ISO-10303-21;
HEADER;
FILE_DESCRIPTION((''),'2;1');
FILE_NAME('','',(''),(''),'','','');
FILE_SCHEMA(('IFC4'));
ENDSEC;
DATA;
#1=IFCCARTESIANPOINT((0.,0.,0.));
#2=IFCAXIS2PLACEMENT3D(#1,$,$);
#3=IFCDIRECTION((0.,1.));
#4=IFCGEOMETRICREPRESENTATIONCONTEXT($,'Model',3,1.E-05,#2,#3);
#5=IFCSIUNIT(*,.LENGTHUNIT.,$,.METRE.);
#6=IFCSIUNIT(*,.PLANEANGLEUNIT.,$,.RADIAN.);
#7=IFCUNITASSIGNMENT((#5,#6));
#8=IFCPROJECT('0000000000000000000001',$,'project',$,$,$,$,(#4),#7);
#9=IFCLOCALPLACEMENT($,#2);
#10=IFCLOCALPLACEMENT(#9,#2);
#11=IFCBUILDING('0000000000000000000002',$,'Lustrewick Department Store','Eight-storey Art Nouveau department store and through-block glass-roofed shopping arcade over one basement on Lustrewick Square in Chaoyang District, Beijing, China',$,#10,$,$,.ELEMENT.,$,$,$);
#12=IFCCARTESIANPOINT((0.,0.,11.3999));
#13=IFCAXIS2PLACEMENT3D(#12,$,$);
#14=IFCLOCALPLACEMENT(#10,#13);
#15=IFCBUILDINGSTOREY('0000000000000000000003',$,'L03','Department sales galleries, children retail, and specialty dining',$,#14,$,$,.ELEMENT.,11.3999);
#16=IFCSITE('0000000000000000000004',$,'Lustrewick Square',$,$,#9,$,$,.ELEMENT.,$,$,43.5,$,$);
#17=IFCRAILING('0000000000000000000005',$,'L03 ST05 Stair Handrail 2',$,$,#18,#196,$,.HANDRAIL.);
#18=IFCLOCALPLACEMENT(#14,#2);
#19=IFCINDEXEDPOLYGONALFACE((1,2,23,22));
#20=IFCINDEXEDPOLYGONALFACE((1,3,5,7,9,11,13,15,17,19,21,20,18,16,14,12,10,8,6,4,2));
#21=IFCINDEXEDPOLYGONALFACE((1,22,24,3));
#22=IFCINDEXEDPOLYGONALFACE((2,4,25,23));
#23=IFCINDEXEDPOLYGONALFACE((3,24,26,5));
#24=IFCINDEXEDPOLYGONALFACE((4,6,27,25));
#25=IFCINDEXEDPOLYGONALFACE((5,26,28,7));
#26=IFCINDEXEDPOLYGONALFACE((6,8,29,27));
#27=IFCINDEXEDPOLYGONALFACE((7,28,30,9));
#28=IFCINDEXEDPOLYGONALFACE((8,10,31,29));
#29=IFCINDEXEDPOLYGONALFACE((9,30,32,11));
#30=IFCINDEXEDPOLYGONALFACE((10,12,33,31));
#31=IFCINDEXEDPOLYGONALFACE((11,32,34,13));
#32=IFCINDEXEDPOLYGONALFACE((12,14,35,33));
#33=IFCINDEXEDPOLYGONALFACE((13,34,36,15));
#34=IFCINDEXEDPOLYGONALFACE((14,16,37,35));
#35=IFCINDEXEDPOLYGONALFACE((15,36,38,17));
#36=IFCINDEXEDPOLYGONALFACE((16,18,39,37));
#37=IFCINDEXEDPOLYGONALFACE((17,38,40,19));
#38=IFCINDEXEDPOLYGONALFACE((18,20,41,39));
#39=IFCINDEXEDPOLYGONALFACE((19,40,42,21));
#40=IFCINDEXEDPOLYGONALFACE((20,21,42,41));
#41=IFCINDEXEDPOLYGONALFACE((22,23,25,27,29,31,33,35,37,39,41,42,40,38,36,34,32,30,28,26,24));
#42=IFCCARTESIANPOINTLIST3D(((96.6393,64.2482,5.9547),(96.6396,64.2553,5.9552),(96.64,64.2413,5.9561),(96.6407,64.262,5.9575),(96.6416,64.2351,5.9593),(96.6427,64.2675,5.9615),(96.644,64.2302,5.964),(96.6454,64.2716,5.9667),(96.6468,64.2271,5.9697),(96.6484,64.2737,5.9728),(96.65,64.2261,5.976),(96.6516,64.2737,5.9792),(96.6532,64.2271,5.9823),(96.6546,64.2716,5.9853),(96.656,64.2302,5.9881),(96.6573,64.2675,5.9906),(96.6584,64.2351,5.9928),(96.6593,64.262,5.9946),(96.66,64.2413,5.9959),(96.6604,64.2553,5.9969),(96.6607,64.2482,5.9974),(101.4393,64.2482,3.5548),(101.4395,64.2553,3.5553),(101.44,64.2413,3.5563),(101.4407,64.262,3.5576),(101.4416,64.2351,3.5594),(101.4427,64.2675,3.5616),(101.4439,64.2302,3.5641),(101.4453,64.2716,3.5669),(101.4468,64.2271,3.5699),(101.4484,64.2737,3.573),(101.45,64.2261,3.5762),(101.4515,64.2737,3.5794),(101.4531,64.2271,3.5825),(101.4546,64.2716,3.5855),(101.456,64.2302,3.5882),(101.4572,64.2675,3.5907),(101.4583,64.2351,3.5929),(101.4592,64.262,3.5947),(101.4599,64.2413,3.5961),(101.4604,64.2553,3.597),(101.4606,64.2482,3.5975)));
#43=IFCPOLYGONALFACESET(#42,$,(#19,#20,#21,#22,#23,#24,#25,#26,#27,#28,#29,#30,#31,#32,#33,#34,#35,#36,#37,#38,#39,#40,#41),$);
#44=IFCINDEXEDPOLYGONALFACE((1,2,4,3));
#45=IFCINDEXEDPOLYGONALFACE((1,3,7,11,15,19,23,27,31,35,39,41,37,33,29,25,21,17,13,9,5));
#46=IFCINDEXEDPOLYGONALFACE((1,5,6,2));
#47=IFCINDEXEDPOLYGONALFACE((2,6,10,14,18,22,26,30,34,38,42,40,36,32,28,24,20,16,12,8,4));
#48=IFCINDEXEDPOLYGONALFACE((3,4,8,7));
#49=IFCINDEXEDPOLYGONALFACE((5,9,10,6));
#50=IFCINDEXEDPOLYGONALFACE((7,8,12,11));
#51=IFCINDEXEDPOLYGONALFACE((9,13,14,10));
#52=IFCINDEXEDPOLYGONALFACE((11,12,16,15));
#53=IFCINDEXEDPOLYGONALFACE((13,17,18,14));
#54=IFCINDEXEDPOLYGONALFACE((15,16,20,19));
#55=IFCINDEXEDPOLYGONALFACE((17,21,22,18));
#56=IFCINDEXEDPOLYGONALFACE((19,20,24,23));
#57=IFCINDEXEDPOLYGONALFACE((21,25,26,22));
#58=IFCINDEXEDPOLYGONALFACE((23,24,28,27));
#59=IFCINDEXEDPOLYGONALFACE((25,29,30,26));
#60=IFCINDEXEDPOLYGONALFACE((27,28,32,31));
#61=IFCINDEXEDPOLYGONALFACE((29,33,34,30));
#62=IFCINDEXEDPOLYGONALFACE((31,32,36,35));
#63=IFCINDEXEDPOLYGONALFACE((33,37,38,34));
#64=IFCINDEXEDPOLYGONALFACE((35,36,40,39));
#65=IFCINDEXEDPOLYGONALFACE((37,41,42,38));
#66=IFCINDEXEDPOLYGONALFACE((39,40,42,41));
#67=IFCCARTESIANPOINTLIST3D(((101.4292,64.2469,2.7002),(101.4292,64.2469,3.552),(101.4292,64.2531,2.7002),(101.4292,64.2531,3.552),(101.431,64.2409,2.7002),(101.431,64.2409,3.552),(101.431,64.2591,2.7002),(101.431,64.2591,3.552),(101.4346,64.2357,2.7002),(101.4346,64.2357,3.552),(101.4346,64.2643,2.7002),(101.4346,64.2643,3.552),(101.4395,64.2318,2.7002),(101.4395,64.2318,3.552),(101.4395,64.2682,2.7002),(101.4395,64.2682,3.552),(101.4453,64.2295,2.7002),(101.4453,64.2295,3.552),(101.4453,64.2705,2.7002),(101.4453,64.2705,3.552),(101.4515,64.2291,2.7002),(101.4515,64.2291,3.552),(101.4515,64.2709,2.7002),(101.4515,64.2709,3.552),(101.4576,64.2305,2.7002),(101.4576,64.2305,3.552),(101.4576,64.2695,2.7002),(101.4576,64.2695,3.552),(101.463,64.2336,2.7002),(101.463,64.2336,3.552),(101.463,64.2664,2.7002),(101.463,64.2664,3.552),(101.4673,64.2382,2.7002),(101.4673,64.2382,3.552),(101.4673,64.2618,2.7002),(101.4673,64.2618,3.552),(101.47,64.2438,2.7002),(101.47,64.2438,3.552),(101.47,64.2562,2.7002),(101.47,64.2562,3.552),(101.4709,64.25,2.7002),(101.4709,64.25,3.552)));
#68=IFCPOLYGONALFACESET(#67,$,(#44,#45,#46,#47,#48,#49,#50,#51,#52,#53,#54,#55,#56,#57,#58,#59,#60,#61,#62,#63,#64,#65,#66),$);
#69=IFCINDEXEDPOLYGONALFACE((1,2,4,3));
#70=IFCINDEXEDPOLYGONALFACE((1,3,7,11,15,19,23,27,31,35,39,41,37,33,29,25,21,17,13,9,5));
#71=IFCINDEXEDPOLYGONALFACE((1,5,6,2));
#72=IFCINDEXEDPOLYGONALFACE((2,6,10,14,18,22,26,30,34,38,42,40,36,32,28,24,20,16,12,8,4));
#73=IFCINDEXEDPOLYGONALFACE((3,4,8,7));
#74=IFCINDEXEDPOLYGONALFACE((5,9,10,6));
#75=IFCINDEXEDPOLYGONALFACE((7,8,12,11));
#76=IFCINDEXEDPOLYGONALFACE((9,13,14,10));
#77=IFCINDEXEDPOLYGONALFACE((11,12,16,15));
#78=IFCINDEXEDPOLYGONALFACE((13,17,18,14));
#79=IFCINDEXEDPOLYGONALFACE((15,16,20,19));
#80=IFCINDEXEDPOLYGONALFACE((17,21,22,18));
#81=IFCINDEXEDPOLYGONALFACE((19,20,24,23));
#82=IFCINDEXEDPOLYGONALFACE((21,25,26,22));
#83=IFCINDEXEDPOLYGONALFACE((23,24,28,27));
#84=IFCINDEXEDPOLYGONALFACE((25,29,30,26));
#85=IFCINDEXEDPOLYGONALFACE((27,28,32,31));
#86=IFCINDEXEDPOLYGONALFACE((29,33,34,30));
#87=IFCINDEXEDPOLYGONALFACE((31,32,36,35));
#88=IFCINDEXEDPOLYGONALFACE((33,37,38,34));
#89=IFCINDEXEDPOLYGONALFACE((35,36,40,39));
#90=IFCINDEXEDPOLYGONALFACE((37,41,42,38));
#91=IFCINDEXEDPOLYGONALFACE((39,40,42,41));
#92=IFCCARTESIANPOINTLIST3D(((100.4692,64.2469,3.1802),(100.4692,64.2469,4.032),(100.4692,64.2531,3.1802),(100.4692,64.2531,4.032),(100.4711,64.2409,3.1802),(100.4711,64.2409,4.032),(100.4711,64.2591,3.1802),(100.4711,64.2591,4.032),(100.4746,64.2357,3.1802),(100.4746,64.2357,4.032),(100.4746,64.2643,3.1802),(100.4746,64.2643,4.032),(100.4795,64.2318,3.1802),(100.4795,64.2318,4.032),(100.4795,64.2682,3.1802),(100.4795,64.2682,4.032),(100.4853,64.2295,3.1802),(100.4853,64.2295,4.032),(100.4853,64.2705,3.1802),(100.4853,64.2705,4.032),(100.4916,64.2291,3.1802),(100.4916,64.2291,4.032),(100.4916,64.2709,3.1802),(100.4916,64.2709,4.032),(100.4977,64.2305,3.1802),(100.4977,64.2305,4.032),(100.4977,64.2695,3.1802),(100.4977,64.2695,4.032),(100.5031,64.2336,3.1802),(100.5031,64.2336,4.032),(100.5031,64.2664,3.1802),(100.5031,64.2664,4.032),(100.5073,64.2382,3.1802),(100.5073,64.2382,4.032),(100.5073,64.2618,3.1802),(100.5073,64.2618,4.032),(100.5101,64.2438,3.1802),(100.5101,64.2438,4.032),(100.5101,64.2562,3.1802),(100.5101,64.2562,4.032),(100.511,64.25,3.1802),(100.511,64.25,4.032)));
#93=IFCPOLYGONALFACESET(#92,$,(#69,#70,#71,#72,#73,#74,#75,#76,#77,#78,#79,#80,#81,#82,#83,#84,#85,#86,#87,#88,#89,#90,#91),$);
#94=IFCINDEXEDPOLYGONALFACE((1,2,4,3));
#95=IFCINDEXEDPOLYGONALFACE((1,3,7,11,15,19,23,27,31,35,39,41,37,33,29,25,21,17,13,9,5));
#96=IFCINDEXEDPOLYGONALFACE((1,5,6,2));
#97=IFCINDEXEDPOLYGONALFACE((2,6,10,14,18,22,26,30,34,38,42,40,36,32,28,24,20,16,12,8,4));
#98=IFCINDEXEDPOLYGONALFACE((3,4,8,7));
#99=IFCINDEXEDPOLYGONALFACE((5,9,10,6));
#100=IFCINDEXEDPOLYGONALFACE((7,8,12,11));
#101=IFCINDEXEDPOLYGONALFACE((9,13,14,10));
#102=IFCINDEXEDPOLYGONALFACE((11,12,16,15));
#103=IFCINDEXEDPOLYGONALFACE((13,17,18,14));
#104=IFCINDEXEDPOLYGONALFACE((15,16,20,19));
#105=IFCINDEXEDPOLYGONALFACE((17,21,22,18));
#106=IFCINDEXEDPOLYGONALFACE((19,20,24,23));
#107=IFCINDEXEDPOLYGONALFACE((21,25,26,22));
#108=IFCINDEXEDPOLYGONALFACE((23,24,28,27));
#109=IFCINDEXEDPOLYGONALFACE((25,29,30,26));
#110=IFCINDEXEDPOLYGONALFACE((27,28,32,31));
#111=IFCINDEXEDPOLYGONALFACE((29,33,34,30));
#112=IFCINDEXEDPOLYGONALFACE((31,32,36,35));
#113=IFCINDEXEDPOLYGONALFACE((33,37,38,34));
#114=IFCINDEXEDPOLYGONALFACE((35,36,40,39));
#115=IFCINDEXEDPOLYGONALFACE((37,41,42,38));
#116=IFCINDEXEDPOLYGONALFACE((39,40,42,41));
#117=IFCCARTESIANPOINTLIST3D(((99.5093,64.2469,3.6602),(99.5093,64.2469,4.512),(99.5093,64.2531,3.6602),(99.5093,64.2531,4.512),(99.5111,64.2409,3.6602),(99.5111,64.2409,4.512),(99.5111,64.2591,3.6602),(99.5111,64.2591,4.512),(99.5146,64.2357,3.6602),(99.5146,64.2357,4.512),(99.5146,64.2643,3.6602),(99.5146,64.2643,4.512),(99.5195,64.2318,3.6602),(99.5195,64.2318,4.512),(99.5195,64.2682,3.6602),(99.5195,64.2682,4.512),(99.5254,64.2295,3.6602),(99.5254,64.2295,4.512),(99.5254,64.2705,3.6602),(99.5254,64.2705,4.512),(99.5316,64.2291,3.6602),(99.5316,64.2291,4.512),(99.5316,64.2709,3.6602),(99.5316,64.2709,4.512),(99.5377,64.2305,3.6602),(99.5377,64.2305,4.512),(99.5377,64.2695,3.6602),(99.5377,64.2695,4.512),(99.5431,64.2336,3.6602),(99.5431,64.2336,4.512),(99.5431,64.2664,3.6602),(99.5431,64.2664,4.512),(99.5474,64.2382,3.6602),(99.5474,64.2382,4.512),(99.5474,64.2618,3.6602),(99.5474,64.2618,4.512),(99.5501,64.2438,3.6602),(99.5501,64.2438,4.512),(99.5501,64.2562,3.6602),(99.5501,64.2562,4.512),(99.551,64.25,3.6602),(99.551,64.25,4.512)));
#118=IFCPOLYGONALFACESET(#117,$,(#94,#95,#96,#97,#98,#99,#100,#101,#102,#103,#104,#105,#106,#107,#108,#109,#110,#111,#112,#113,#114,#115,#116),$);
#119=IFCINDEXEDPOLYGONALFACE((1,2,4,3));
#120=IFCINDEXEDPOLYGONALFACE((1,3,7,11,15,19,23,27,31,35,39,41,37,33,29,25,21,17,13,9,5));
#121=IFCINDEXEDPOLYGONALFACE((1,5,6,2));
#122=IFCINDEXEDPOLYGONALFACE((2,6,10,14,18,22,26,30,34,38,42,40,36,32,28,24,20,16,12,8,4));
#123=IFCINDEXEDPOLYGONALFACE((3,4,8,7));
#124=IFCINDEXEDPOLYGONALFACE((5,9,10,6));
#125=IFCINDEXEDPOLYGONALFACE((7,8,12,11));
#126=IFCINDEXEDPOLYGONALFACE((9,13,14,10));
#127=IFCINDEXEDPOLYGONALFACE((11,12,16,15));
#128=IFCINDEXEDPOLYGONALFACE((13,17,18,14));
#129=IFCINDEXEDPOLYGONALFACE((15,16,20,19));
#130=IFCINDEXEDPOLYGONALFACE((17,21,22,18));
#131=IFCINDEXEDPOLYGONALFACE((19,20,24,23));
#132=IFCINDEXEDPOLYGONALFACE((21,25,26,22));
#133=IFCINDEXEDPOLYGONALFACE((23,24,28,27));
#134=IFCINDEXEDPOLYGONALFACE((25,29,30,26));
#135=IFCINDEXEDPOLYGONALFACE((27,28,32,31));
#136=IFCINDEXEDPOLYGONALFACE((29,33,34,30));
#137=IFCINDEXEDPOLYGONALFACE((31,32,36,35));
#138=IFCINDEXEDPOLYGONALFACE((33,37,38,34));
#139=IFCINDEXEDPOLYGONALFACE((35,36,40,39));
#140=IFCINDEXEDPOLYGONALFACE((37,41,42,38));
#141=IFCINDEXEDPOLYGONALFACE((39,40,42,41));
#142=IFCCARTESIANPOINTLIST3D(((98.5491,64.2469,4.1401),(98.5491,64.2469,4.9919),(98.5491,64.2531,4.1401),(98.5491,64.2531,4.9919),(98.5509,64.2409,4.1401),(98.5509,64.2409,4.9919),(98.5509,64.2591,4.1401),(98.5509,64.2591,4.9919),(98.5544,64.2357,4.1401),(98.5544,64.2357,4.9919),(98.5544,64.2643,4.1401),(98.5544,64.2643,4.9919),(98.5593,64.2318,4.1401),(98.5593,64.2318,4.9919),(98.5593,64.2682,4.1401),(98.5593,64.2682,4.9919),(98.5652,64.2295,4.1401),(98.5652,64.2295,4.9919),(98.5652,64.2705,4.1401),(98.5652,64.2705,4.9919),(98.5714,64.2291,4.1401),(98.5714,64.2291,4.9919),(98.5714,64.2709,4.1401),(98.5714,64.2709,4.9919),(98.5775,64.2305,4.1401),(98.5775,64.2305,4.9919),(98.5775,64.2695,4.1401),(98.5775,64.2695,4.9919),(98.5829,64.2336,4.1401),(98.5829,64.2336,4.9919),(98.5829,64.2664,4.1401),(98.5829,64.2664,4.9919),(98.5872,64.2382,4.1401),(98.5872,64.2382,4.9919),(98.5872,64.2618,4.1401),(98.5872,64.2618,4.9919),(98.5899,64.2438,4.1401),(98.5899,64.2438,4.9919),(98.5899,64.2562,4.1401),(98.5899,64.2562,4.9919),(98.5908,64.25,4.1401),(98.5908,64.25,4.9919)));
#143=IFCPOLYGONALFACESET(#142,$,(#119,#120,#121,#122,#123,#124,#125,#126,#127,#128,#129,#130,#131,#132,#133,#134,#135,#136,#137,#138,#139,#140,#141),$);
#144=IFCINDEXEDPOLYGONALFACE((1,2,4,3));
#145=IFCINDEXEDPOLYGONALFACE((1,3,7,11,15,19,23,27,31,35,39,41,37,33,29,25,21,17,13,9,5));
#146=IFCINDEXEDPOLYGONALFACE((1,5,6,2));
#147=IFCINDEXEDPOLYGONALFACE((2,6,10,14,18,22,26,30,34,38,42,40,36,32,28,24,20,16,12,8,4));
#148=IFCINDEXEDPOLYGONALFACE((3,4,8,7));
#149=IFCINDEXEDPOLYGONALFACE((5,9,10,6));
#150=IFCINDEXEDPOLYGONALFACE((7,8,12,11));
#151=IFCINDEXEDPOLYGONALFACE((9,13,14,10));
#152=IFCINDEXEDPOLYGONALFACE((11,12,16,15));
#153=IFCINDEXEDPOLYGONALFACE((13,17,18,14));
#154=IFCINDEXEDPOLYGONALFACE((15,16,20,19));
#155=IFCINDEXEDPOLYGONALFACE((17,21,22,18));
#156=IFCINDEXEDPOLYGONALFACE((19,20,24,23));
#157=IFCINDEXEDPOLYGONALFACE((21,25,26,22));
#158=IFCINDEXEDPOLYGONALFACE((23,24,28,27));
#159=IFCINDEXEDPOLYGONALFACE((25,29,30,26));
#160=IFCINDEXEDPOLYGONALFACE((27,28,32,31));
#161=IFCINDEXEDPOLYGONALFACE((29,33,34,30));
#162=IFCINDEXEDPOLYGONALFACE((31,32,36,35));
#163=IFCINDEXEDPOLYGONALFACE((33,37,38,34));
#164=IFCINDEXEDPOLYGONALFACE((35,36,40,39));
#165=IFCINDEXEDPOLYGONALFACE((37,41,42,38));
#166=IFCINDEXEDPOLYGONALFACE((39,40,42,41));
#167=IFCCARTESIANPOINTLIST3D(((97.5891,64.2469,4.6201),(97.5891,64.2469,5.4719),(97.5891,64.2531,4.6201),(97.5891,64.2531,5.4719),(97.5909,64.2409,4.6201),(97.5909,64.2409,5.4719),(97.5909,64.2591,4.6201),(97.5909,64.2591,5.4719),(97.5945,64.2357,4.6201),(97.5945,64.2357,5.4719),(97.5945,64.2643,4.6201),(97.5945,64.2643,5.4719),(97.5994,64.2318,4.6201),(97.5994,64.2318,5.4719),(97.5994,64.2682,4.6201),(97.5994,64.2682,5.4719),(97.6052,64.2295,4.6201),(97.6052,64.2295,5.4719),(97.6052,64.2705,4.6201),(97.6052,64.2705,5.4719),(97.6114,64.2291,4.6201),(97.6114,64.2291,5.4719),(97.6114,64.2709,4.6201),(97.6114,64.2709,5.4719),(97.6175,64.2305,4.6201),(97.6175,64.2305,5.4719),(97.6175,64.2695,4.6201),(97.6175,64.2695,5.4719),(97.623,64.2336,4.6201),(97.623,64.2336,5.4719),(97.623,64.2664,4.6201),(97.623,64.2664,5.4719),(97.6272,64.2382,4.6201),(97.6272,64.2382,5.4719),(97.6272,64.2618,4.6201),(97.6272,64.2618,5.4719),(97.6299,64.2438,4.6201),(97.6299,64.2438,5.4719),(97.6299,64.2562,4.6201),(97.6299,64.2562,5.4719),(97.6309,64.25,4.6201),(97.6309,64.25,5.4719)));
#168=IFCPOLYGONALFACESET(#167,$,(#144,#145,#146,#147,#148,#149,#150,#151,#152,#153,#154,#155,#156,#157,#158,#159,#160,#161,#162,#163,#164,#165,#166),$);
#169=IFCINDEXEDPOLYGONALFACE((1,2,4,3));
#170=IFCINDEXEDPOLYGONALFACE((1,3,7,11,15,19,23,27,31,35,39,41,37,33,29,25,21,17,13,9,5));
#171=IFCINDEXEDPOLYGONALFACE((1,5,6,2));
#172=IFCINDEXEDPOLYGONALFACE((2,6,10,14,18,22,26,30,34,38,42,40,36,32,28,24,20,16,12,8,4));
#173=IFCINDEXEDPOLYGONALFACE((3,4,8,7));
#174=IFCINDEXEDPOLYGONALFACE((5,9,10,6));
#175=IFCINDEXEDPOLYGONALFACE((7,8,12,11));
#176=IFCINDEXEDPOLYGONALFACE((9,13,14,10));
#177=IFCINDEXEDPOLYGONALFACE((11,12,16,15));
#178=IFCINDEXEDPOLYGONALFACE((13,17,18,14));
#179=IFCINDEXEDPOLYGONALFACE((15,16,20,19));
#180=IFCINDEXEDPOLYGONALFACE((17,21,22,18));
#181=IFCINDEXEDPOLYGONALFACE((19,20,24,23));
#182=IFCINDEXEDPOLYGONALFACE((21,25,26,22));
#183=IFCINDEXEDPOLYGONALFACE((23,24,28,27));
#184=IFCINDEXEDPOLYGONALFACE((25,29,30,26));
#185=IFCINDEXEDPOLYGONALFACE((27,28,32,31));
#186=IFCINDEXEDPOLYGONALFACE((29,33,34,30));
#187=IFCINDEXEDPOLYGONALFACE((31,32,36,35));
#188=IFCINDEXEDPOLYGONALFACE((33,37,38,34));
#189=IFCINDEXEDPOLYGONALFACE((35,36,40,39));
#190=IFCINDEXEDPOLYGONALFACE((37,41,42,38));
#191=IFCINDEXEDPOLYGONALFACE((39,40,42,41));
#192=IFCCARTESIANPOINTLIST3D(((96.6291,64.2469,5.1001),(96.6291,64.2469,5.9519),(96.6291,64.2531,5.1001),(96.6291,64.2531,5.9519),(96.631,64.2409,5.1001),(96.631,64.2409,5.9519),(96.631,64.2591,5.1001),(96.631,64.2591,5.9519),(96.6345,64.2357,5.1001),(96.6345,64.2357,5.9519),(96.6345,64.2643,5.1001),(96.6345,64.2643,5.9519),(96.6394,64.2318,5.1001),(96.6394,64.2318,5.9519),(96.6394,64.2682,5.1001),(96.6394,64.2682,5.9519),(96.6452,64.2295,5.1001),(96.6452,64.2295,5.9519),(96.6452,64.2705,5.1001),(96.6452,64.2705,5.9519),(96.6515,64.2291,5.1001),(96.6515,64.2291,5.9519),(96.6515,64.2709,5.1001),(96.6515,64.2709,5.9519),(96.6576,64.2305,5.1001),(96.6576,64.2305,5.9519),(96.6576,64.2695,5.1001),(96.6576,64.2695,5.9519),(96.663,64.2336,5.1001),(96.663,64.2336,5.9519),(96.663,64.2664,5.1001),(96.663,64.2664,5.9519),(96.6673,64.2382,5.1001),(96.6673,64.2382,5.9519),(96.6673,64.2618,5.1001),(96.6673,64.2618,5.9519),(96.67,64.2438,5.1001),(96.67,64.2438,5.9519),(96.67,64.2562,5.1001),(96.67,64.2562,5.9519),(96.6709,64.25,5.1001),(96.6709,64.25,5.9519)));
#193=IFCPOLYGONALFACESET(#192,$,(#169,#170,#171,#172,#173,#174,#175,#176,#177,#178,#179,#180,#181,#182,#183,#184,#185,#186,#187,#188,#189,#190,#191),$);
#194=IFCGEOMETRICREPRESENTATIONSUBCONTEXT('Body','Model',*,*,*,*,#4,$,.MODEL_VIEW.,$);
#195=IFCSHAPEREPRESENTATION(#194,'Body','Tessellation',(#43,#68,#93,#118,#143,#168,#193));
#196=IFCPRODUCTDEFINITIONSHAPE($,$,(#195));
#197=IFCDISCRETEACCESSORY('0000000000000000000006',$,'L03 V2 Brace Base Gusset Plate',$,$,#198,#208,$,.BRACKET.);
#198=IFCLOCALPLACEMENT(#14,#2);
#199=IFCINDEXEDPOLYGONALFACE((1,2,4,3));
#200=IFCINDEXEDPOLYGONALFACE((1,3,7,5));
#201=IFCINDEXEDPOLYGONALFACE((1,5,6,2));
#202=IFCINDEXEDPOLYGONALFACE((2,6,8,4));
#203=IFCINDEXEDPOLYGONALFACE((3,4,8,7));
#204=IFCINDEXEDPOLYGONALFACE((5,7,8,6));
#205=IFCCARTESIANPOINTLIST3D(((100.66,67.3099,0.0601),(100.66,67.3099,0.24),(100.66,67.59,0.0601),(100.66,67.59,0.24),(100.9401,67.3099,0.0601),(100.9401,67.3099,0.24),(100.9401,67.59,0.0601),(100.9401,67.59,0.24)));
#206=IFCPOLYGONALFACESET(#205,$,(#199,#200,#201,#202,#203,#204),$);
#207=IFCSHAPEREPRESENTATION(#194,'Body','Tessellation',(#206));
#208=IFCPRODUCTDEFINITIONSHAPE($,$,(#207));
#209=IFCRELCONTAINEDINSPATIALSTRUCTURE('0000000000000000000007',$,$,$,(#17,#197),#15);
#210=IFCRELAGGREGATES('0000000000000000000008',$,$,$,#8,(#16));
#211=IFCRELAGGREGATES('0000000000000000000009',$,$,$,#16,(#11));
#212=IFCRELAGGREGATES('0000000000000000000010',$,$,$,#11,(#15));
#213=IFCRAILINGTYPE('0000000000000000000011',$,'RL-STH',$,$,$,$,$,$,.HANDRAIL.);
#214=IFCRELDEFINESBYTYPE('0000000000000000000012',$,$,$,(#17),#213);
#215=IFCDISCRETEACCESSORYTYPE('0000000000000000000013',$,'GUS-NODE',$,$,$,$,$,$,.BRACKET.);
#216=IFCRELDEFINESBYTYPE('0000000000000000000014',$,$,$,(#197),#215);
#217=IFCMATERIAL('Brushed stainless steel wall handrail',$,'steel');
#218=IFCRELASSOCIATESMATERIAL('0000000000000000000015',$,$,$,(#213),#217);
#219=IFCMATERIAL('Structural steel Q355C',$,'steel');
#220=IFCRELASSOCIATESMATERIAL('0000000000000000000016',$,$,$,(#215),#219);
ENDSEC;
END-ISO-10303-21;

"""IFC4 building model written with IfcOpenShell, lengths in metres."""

from ifc_helpers import new_model, si_unit, direction, frame, origin, origin_2d, place, context, subcontext, project, spatial, rectangle, circle, extrude, material, type_object, element, save


model = new_model("IFC4")

# Units and contexts
model_context = context("Model", 3, precision=1e-05, world=origin(), true_north=direction((0.0, 1.0)))
body_context = subcontext(model_context, "Body", "Model", "MODEL_VIEW")
ifc_project = project(units=[si_unit("LENGTHUNIT", "METRE"), si_unit("PLANEANGLEUNIT", "RADIAN")], contexts=[model_context])

# Site, building, storey
site_placement = place(None, origin())
site = spatial("IfcSite", under=ifc_project, at=site_placement, Name="Lustrewick Square", CompositionType="ELEMENT", RefElevation=43.5)
building_placement = place(site_placement, origin())
building = spatial("IfcBuilding", under=site, at=building_placement, Name="Lustrewick Department Store", Description="Eight-storey Art Nouveau department store and through-block glass-roofed shopping arcade over one basement on Lustrewick Square in Chaoyang District, Beijing, China", CompositionType="ELEMENT")
storey_placement = place(building_placement, frame((0.0, 0.0, 11.3999)))
storey = spatial("IfcBuildingStorey", under=building, at=storey_placement, Name="L03", Description="Department sales galleries, children retail, and specialty dining", CompositionType="ELEMENT", Elevation=11.3999)

# Shared definitions
ifc_material_1 = material(Name="Structural steel Q355C", Category="steel")

# Railing
ifc_material_2 = material(Name="Brushed stainless steel wall handrail", Category="steel")
railing_type_1 = type_object("IfcRailingType", Name="RL-STH", PredefinedType="HANDRAIL", material=ifc_material_2)
railing_1_placement = place(storey_placement, frame((101.45, 64.25, 2.7002)))
element("IfcRailing", 1, at=railing_1_placement, inside=storey, type_object=railing_type_1, Name="L03 ST05 Stair Handrail 2", PredefinedType="HANDRAIL", context=body_context, shape_type="SweptSolid", body=[
    extrude(circle(Radius=0.0239, at=origin_2d()), frame((0.0, 0.0, 0.876), z_axis=(-0.894436, 0.0, 0.447195), x_axis=(0.0, -1.0, 0.0)), (0.0, 0.0, 1.0), 5.3665),
    extrude(circle(Radius=0.021, at=origin_2d()), origin(), (0.0, 0.0, 1.0), 0.8518),
    extrude(circle(Radius=0.021, at=origin_2d()), frame((-0.96, 0.0, 0.48)), (0.0, 0.0, 1.0), 0.8518),
    extrude(circle(Radius=0.021, at=origin_2d()), frame((-1.9199, 0.0, 0.96)), (0.0, 0.0, 1.0), 0.8518),
    extrude(circle(Radius=0.021, at=origin_2d()), frame((-2.8801, 0.0, 1.4399)), (0.0, 0.0, 1.0), 0.8518),
    extrude(circle(Radius=0.021, at=origin_2d()), frame((-3.8401, 0.0, 1.9199)), (0.0, 0.0, 1.0), 0.8518),
    extrude(circle(Radius=0.021, at=origin_2d()), frame((-4.8, 0.0, 2.3999)), (0.0, 0.0, 1.0), 0.8518),
])

# Discrete accessory
discrete_accessory_type_1 = type_object("IfcDiscreteAccessoryType", Name="GUS-NODE", PredefinedType="BRACKET", material=ifc_material_1)
for number, where, z_axis, x_axis, name in (
    (2, (100.8, 67.45, 0.0601), (0.0, 0.0, 1.0), (1.0, 0.0, 0.0), "L03 V2 Brace Base Gusset Plate"),
):
    element("IfcDiscreteAccessory", number, at=place(storey_placement, frame(where, z_axis=z_axis, x_axis=x_axis)), inside=storey, type_object=discrete_accessory_type_1, Name=name, PredefinedType="BRACKET", context=body_context, shape_type="SweptSolid", body=[
        extrude(rectangle(XDim=0.28, YDim=0.28, at=origin_2d()), origin(), (0.0, 0.0, 1.0), 0.1799),
    ])

save(model, "model.ifc")
